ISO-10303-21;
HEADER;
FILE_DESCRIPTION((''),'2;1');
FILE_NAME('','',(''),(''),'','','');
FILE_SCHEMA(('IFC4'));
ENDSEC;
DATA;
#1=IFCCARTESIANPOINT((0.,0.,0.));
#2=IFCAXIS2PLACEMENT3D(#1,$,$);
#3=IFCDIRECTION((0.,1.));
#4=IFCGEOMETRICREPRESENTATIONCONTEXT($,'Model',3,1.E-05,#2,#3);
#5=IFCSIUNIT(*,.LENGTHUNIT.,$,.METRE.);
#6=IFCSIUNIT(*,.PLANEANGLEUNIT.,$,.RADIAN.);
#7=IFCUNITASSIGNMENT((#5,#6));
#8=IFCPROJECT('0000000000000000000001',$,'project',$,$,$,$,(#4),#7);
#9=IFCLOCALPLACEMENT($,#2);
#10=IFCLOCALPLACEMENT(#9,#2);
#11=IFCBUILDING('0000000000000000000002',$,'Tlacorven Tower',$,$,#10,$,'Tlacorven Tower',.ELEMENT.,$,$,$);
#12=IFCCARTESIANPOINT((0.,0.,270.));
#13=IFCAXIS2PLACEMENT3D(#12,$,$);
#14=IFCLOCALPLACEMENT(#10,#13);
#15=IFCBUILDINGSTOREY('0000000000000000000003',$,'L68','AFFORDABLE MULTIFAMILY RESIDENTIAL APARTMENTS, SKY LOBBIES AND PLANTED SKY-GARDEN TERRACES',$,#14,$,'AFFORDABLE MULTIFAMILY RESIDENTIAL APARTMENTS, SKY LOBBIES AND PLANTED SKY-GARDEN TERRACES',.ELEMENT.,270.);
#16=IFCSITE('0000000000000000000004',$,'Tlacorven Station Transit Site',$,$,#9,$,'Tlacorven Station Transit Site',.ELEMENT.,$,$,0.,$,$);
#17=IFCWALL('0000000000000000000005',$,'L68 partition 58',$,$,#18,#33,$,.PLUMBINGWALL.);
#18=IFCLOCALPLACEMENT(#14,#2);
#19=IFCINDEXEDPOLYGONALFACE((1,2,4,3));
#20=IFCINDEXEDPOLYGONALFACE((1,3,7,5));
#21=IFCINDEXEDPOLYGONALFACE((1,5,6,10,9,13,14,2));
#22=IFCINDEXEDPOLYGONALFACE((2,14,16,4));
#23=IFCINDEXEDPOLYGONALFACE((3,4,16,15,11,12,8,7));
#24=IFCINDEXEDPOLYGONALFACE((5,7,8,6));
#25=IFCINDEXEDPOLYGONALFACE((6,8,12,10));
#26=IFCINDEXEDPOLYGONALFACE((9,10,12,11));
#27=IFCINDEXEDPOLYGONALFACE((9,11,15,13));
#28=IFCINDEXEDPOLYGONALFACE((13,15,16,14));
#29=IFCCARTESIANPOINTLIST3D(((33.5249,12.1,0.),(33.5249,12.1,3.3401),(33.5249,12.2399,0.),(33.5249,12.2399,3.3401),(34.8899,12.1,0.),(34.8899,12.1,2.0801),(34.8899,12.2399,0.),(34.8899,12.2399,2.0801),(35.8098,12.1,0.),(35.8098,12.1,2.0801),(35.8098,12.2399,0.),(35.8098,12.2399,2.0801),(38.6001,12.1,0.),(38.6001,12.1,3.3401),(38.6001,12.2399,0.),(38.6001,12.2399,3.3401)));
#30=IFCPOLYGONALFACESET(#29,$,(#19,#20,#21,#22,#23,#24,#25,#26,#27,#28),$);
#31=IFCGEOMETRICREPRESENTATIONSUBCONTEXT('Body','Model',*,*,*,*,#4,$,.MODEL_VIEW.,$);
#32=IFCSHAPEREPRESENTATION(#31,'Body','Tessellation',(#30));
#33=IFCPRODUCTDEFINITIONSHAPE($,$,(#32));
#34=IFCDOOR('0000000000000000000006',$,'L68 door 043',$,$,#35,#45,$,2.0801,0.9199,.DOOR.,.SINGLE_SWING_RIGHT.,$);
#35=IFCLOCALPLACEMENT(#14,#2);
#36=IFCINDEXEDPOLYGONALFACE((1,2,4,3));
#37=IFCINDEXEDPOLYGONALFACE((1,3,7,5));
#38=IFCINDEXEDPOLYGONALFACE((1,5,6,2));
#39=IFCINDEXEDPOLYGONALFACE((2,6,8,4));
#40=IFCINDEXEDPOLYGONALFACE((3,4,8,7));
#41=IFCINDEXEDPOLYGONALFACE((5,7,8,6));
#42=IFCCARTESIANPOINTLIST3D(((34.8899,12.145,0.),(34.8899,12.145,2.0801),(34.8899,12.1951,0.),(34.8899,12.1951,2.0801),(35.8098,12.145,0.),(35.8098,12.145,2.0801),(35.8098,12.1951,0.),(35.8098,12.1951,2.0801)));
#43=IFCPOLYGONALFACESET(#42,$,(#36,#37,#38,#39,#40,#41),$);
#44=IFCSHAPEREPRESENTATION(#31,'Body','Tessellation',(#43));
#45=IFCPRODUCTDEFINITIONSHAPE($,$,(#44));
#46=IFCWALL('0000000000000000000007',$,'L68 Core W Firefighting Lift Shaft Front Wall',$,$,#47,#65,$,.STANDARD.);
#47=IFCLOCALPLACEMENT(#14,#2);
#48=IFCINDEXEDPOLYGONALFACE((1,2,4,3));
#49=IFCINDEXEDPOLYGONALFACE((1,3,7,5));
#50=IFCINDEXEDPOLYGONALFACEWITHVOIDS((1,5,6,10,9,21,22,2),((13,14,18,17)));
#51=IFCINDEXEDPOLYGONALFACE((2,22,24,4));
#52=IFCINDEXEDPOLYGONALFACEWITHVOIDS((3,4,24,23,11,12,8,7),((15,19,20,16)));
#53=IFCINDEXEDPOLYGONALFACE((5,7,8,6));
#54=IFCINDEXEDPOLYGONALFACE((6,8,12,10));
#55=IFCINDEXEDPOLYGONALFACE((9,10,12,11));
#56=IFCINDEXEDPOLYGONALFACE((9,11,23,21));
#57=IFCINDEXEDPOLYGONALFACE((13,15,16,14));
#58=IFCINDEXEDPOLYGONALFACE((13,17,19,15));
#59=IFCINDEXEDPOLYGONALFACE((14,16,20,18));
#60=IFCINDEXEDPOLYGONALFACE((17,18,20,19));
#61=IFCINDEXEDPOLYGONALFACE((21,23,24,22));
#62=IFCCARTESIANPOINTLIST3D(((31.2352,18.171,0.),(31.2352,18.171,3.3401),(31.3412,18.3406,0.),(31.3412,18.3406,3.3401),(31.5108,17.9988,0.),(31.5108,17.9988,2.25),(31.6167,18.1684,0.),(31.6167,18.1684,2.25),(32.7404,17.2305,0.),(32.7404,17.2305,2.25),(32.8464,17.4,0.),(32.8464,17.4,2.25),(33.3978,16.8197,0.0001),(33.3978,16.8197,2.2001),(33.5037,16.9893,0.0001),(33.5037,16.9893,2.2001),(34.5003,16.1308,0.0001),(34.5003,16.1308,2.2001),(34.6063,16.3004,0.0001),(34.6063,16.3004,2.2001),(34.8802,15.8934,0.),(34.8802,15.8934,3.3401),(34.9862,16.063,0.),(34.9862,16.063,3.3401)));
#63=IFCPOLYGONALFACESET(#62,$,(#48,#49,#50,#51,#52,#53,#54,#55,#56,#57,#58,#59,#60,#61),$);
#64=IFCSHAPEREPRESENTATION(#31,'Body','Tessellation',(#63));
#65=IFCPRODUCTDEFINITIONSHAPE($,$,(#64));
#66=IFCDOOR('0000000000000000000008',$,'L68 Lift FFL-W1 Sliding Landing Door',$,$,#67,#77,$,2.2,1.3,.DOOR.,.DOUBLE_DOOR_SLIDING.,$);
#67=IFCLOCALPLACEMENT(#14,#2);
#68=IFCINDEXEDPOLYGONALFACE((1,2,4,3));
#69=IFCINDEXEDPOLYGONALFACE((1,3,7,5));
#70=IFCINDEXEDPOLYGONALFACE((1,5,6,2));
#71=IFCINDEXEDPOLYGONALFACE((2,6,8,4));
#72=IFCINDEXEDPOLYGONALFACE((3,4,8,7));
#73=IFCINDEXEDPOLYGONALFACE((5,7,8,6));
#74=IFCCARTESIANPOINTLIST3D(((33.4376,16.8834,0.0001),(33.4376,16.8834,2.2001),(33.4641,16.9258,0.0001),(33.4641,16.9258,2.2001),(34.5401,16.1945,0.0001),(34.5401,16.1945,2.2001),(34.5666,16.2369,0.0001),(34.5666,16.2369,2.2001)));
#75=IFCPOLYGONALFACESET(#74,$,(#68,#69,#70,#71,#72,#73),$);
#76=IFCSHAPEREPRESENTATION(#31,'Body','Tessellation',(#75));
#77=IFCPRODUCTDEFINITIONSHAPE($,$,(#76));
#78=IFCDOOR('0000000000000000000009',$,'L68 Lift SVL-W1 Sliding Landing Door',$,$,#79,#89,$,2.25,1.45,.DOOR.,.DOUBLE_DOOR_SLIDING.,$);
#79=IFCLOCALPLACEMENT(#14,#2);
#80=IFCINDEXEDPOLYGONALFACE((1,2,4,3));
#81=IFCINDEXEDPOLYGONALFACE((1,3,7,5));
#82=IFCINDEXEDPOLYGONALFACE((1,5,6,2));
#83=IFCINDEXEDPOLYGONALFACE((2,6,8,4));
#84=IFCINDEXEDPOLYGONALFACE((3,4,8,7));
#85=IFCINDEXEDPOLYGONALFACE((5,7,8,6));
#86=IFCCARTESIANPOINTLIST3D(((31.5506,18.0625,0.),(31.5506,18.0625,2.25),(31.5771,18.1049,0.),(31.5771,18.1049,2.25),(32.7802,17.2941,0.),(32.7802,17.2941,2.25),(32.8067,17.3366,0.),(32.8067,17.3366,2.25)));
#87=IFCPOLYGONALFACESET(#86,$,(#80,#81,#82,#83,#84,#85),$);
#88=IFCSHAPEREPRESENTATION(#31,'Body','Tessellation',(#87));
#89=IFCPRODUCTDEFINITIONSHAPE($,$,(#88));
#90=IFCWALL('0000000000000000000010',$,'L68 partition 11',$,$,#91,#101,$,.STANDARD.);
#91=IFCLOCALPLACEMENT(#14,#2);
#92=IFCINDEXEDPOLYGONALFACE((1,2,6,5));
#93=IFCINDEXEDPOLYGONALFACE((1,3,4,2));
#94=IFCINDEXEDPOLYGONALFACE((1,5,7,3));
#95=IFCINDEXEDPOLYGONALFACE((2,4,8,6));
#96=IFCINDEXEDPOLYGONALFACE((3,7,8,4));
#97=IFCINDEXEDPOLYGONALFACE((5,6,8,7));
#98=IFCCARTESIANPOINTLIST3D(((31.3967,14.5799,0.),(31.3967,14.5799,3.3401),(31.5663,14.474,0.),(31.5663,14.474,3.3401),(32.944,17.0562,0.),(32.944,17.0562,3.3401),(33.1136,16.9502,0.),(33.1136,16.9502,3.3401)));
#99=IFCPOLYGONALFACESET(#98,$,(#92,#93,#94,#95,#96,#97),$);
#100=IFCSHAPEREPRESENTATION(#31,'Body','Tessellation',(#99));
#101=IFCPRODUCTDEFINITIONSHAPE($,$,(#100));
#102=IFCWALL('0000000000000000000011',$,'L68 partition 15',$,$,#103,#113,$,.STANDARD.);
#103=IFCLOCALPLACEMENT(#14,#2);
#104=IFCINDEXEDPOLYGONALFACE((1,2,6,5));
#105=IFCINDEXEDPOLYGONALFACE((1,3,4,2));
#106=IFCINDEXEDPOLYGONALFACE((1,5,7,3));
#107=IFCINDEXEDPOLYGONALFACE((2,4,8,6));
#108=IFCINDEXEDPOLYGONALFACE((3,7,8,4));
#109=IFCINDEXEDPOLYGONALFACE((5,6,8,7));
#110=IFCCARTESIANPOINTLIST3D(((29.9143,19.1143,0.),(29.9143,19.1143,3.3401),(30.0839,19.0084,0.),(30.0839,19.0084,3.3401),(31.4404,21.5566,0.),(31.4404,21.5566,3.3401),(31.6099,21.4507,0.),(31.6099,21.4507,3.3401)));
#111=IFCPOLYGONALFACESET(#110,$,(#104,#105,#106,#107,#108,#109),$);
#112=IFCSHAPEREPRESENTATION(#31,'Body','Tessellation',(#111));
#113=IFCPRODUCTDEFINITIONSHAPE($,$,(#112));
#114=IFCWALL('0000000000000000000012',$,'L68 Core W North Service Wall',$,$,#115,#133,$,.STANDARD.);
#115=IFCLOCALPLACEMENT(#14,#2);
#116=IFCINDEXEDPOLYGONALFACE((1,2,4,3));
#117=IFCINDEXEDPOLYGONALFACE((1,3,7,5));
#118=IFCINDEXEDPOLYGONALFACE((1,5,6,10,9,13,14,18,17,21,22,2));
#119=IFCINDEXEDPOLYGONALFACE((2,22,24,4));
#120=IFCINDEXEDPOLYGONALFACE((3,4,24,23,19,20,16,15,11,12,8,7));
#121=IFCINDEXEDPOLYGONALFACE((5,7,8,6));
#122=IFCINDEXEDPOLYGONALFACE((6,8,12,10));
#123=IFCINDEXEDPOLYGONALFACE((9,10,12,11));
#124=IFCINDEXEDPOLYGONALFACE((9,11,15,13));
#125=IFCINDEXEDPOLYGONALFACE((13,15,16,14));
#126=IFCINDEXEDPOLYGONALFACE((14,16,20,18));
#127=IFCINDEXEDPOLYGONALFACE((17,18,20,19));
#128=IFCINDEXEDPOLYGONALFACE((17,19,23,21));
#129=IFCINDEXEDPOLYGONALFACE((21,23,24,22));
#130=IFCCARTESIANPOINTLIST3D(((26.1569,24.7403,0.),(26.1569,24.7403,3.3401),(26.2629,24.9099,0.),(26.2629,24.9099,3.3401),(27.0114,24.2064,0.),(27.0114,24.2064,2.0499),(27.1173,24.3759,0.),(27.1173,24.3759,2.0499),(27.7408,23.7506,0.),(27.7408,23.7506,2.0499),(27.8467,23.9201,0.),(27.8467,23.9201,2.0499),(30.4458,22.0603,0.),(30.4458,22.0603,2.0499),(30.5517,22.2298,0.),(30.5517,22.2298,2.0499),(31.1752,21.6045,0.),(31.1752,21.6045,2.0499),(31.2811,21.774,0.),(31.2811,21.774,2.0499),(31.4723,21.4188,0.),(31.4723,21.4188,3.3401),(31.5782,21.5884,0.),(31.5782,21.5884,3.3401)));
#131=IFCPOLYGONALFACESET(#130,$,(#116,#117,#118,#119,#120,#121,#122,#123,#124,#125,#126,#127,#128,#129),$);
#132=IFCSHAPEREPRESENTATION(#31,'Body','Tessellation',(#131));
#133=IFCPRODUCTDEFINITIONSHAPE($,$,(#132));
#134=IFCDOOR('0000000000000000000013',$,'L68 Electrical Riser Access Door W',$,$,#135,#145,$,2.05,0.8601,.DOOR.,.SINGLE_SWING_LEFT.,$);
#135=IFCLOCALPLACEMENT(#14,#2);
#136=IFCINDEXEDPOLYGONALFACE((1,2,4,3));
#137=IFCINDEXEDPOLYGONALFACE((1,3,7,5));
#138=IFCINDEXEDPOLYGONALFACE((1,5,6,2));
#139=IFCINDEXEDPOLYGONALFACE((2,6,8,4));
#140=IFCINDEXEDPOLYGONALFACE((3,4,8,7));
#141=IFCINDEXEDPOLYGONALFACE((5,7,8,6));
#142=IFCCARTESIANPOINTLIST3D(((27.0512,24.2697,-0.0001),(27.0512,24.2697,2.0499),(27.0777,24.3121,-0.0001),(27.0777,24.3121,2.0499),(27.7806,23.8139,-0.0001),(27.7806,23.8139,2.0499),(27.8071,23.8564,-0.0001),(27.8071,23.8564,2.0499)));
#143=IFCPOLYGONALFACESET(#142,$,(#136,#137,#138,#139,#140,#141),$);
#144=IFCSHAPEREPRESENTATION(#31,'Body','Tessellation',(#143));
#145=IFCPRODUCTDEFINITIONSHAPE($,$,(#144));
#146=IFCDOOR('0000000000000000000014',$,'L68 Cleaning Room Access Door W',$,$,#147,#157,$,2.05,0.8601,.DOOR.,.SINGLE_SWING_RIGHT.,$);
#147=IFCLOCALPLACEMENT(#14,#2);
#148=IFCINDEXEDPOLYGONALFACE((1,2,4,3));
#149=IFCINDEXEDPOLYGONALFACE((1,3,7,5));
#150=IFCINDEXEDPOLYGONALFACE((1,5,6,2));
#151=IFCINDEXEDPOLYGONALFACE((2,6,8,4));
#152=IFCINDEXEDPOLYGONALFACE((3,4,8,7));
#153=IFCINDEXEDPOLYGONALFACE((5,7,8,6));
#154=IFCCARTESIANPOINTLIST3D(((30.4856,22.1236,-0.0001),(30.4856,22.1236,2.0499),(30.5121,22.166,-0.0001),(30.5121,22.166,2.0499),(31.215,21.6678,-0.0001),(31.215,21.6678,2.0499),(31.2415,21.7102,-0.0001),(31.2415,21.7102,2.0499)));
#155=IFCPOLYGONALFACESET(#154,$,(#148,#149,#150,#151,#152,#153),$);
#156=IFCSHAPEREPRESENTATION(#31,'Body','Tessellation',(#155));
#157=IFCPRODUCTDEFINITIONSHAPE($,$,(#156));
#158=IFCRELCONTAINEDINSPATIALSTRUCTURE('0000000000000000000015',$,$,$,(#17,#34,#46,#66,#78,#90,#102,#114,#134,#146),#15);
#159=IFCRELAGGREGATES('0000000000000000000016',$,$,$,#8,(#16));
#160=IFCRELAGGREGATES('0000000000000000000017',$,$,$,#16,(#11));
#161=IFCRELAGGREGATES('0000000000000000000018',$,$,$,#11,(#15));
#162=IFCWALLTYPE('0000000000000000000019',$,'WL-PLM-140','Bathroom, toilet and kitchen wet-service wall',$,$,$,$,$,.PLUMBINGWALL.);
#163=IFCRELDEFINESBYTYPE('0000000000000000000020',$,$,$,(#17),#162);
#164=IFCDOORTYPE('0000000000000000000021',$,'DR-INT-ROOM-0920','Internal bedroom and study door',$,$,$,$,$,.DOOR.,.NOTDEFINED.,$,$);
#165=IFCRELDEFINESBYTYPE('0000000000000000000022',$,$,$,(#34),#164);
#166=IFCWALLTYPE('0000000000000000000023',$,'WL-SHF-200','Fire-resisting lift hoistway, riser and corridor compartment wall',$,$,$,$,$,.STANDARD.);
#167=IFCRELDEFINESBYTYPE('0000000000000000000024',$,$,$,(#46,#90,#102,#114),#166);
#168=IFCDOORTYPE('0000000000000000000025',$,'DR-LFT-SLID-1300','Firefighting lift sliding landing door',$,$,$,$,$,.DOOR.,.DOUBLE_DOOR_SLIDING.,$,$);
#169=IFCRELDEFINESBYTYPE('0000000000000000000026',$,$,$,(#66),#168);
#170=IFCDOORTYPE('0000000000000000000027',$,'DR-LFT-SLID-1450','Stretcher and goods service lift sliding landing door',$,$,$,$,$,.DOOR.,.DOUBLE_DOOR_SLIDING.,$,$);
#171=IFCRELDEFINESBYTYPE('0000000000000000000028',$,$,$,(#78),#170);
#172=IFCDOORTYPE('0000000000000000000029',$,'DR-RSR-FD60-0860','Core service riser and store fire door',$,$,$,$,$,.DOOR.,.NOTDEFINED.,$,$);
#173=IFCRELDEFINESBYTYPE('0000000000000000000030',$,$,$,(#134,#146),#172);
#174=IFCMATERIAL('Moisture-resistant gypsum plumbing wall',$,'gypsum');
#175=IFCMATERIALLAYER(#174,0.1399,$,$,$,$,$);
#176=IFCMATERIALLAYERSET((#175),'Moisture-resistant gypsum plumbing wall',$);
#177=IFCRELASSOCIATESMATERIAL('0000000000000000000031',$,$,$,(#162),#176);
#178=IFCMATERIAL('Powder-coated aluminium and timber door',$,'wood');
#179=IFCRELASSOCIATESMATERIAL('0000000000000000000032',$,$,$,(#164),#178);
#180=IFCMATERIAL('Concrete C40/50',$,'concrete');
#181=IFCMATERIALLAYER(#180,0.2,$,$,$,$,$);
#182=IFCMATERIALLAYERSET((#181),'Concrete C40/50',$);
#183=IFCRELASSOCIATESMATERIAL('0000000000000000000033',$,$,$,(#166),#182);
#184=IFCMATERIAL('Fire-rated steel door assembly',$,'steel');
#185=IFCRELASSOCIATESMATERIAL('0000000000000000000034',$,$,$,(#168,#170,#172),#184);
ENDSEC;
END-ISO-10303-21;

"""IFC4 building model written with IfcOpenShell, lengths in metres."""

from ifc_helpers import new_model, si_unit, direction, frame, frame_2d, origin, place, context, subcontext, project, spatial, rectangle, extrude, source, transform, mapped, material, layer, layer_set, type_object, element, fill, save


model = new_model("IFC4")

# Units and contexts
model_context = context("Model", 3, precision=1e-05, world=origin(), true_north=direction((0.0, 1.0)))
body_context = subcontext(model_context, "Body", "Model", "MODEL_VIEW")
ifc_project = project(units=[si_unit("LENGTHUNIT", "METRE"), si_unit("PLANEANGLEUNIT", "RADIAN")], contexts=[model_context])

# Site, building, storey
site_placement = place(None, origin())
site = spatial("IfcSite", under=ifc_project, at=site_placement, Name="Tlacorven Station Transit Site", LongName="Tlacorven Station Transit Site", CompositionType="ELEMENT", RefElevation=0.0)
building_placement = place(site_placement, origin())
building = spatial("IfcBuilding", under=site, at=building_placement, Name="Tlacorven Tower", LongName="Tlacorven Tower", CompositionType="ELEMENT")
storey_placement = place(building_placement, frame((0.0, 0.0, 270.0)))
storey = spatial("IfcBuildingStorey", under=building, at=storey_placement, Name="L68", Description="AFFORDABLE MULTIFAMILY RESIDENTIAL APARTMENTS, SKY LOBBIES AND PLANTED SKY-GARDEN TERRACES", LongName="AFFORDABLE MULTIFAMILY RESIDENTIAL APARTMENTS, SKY LOBBIES AND PLANTED SKY-GARDEN TERRACES", CompositionType="ELEMENT", Elevation=270.0)

# Shared definitions
ifc_material_1 = material(Name="Moisture-resistant gypsum plumbing wall", Category="gypsum")
ifc_layer_1 = layer(ifc_material_1, 0.1399)
ifc_layer_set_1 = layer_set([ifc_layer_1], Name="Moisture-resistant gypsum plumbing wall")
wall_type_1 = type_object("IfcWallType", Name="WL-PLM-140", Description="Bathroom, toilet and kitchen wet-service wall", PredefinedType="PLUMBINGWALL", material=ifc_layer_set_1)
ifc_material_2 = material(Name="Powder-coated aluminium and timber door", Category="wood")

# Wall, opening, door
wall_1_placement = place(storey_placement, frame((33.5249, 12.1699, 0.0), z_axis=(0.0, 0.0, 1.0), x_axis=(1.0, 0.0, 0.0)))
wall_1 = element("IfcWall", 1, at=wall_1_placement, inside=storey, type_object=wall_type_1, Name="L68 partition 58", PredefinedType="PLUMBINGWALL", context=body_context, shape_type="SweptSolid", body=[
    extrude(rectangle(XDim=5.0752, YDim=0.1399, at=frame_2d((2.5376, 0.0))), origin(), (0.0, 0.0, 1.0), 3.3401),
])
opening_1_placement = place(wall_1_placement, frame((1.365, 0.0, 0.0)))
opening_1 = element("IfcOpeningElement", 2, at=opening_1_placement, cuts=wall_1, PredefinedType="OPENING", context=body_context, shape_type="SweptSolid", body=[
    extrude(rectangle(XDim=0.9199, YDim=2.0801, at=frame_2d((0.46, 1.04))), frame((0.0, 0.0801, 0.0), z_axis=(0.0, -1.0, 0.0), x_axis=(1.0, 0.0, 0.0)), (0.0, 0.0, 1.0), 0.1599),
])
door_type_1 = type_object("IfcDoorType", Name="DR-INT-ROOM-0920", Description="Internal bedroom and study door", OperationType="NOTDEFINED", PredefinedType="DOOR", material=ifc_material_2)
shared_shape_1 = source(origin(), body_context, "Body", "SweptSolid", [
    extrude(rectangle(XDim=0.9199, YDim=2.0801, at=frame_2d((0.46, 1.04))), frame((0.0, 0.0249, 0.0), z_axis=(0.0, -1.0, 0.0), x_axis=(1.0, 0.0, 0.0)), (0.0, 0.0, 1.0), 0.05),
])
door_1_placement = place(opening_1_placement, frame((0.9199, 0.0, 0.0), z_axis=(0.0, 0.0, 1.0), x_axis=(-1.0, 0.0, 0.0)))
door_1 = element("IfcDoor", 3, at=door_1_placement, inside=storey, type_object=door_type_1, Name="L68 door 043", OperationType="SINGLE_SWING_RIGHT", OverallHeight=2.0801, OverallWidth=0.9199, PredefinedType="DOOR", context=body_context, shape_type="MappedRepresentation", body=[
    mapped(shared_shape_1, transform((0.0, 0.0, 0.0), scale=1.0)),
])
fill(opening_1, door_1)

# Wall, openings, doors
ifc_material_3 = material(Name="Concrete C40/50", Category="concrete")
ifc_layer_2 = layer(ifc_material_3, 0.2)
ifc_layer_set_2 = layer_set([ifc_layer_2], Name="Concrete C40/50")
wall_type_2 = type_object("IfcWallType", Name="WL-SHF-200", Description="Fire-resisting lift hoistway, riser and corridor compartment wall", PredefinedType="STANDARD", material=ifc_layer_set_2)
wall_2_placement = place(storey_placement, frame((34.9331, 15.9783, 0.0), z_axis=(0.0, 0.0, 1.0), x_axis=(-0.848056, 0.529907, 0.0)))
wall_2 = element("IfcWall", 4, at=wall_2_placement, inside=storey, type_object=wall_type_2, Name="L68 Core W Firefighting Lift Shaft Front Wall", PredefinedType="STANDARD", context=body_context, shape_type="SweptSolid", body=[
    extrude(rectangle(XDim=4.2981, YDim=0.2, at=frame_2d((2.1489, 0.0))), origin(), (0.0, 0.0, 1.0), 3.3401),
])
opening_2_placement = place(wall_2_placement, frame((0.448, 0.0, 0.0)))
opening_2 = element("IfcOpeningElement", 5, at=opening_2_placement, cuts=wall_2, PredefinedType="OPENING", context=body_context, shape_type="SweptSolid", body=[
    extrude(rectangle(XDim=1.3, YDim=2.2, at=frame_2d((0.6499, 1.1001))), frame((0.0, 0.1099, 0.0), z_axis=(0.0, -1.0, 0.0), x_axis=(1.0, 0.0, 0.0)), (0.0, 0.0, 1.0), 0.22),
])
opening_3_placement = place(wall_2_placement, frame((2.5229, 0.0, 0.0)))
opening_3 = element("IfcOpeningElement", 6, at=opening_3_placement, cuts=wall_2, PredefinedType="OPENING", context=body_context, shape_type="SweptSolid", body=[
    extrude(rectangle(XDim=1.45, YDim=2.25, at=frame_2d((0.7251, 1.125))), frame((0.0, 0.1099, 0.0), z_axis=(0.0, -1.0, 0.0), x_axis=(1.0, 0.0, 0.0)), (0.0, 0.0, 1.0), 0.22),
])
ifc_material_4 = material(Name="Fire-rated steel door assembly", Category="steel")
door_type_2 = type_object("IfcDoorType", Name="DR-LFT-SLID-1300", Description="Firefighting lift sliding landing door", OperationType="DOUBLE_DOOR_SLIDING", PredefinedType="DOOR", material=ifc_material_4)
shared_shape_2 = source(origin(), body_context, "Body", "SweptSolid", [
    extrude(rectangle(XDim=1.3, YDim=2.2, at=frame_2d((0.6499, 1.1001))), frame((0.0, 0.0249, 0.0), z_axis=(0.0, -1.0, 0.0), x_axis=(1.0, 0.0, 0.0)), (0.0, 0.0, 1.0), 0.05),
])
door_2_placement = place(opening_2_placement, origin())
door_2 = element("IfcDoor", 7, at=door_2_placement, inside=storey, type_object=door_type_2, Name="L68 Lift FFL-W1 Sliding Landing Door", OperationType="DOUBLE_DOOR_SLIDING", OverallHeight=2.2, OverallWidth=1.3, PredefinedType="DOOR", context=body_context, shape_type="MappedRepresentation", body=[
    mapped(shared_shape_2, transform((0.0, 0.0, 0.0), scale=1.0)),
])
fill(opening_2, door_2)
door_type_3 = type_object("IfcDoorType", Name="DR-LFT-SLID-1450", Description="Stretcher and goods service lift sliding landing door", OperationType="DOUBLE_DOOR_SLIDING", PredefinedType="DOOR", material=ifc_material_4)
shared_shape_3 = source(origin(), body_context, "Body", "SweptSolid", [
    extrude(rectangle(XDim=1.45, YDim=2.25, at=frame_2d((0.7251, 1.125))), frame((0.0, 0.0249, 0.0), z_axis=(0.0, -1.0, 0.0), x_axis=(1.0, 0.0, 0.0)), (0.0, 0.0, 1.0), 0.05),
])
door_3_placement = place(opening_3_placement, origin())
door_3 = element("IfcDoor", 8, at=door_3_placement, inside=storey, type_object=door_type_3, Name="L68 Lift SVL-W1 Sliding Landing Door", OperationType="DOUBLE_DOOR_SLIDING", OverallHeight=2.25, OverallWidth=1.45, PredefinedType="DOOR", context=body_context, shape_type="MappedRepresentation", body=[
    mapped(shared_shape_3, transform((0.0, 0.0, 0.0), scale=1.0)),
])
fill(opening_3, door_3)

# Walls
wall_3_placement = place(storey_placement, frame((33.0288, 17.0032, 0.0), z_axis=(0.0, 0.0, 1.0), x_axis=(-0.529916, -0.84805, 0.0)))
element("IfcWall", 9, at=wall_3_placement, inside=storey, type_object=wall_type_2, Name="L68 partition 11", PredefinedType="STANDARD", context=body_context, shape_type="SweptSolid", body=[
    extrude(rectangle(XDim=2.9199, YDim=0.2, at=frame_2d((1.46, 0.0))), origin(), (0.0, 0.0, 1.0), 3.3401),
])
wall_4_placement = place(storey_placement, frame((31.5251, 21.5037, 0.0), z_axis=(0.0, 0.0, 1.0), x_axis=(-0.529907, -0.848055, 0.0)))
element("IfcWall", 10, at=wall_4_placement, inside=storey, type_object=wall_type_2, Name="L68 partition 15", PredefinedType="STANDARD", context=body_context, shape_type="SweptSolid", body=[
    extrude(rectangle(XDim=2.8799, YDim=0.2, at=frame_2d((1.4399, 0.0))), origin(), (0.0, 0.0, 1.0), 3.3401),
])

# Wall, openings, doors
wall_5_placement = place(storey_placement, frame((31.5251, 21.5037, 0.0), z_axis=(0.0, 0.0, 1.0), x_axis=(-0.848042, 0.529929, 0.0)))
wall_5 = element("IfcWall", 11, at=wall_5_placement, inside=storey, type_object=wall_type_2, Name="L68 Core W North Service Wall", PredefinedType="STANDARD", context=body_context, shape_type="SweptSolid", body=[
    extrude(rectangle(XDim=6.2678, YDim=0.2, at=frame_2d((3.1338, 0.0))), origin(), (0.0, 0.0, 1.0), 3.3401),
])
opening_4_placement = place(wall_5_placement, frame((4.3999, 0.0, 0.0)))
opening_4 = element("IfcOpeningElement", 12, at=opening_4_placement, cuts=wall_5, PredefinedType="OPENING", context=body_context, shape_type="SweptSolid", body=[
    extrude(rectangle(XDim=0.8601, YDim=2.05, at=frame_2d((0.4302, 1.0249))), frame((0.0, 0.1099, 0.0), z_axis=(0.0, -1.0, 0.0), x_axis=(1.0, 0.0, 0.0)), (0.0, 0.0, 1.0), 0.22),
])
opening_5_placement = place(wall_5_placement, frame((0.3501, 0.0, 0.0)))
opening_5 = element("IfcOpeningElement", 13, at=opening_5_placement, cuts=wall_5, PredefinedType="OPENING", context=body_context, shape_type="SweptSolid", body=[
    extrude(rectangle(XDim=0.8601, YDim=2.05, at=frame_2d((0.4302, 1.0249))), frame((0.0, 0.1099, 0.0), z_axis=(0.0, -1.0, 0.0), x_axis=(1.0, 0.0, 0.0)), (0.0, 0.0, 1.0), 0.22),
])
door_type_4 = type_object("IfcDoorType", Name="DR-RSR-FD60-0860", Description="Core service riser and store fire door", OperationType="NOTDEFINED", PredefinedType="DOOR", material=ifc_material_4)
shared_shape_4 = source(origin(), body_context, "Body", "SweptSolid", [
    extrude(rectangle(XDim=0.8601, YDim=2.05, at=frame_2d((0.4302, 1.0249))), frame((0.0, 0.0249, 0.0), z_axis=(0.0, -1.0, 0.0), x_axis=(1.0, 0.0, 0.0)), (0.0, 0.0, 1.0), 0.05),
])
door_4_placement = place(opening_4_placement, frame((0.8601, 0.0, 0.0), z_axis=(0.0, 0.0, 1.0), x_axis=(-1.0, 0.0, 0.0)))
door_4 = element("IfcDoor", 14, at=door_4_placement, inside=storey, type_object=door_type_4, Name="L68 Electrical Riser Access Door W", OperationType="SINGLE_SWING_LEFT", OverallHeight=2.05, OverallWidth=0.8601, PredefinedType="DOOR", context=body_context, shape_type="MappedRepresentation", body=[
    mapped(shared_shape_4, transform((0.0, 0.0, 0.0), scale=1.0)),
])
fill(opening_4, door_4)
door_5_placement = place(opening_5_placement, frame((0.8601, 0.0, 0.0), z_axis=(0.0, 0.0, 1.0), x_axis=(-1.0, 0.0, 0.0)))
door_5 = element("IfcDoor", 15, at=door_5_placement, inside=storey, type_object=door_type_4, Name="L68 Cleaning Room Access Door W", OperationType="SINGLE_SWING_RIGHT", OverallHeight=2.05, OverallWidth=0.8601, PredefinedType="DOOR", context=body_context, shape_type="MappedRepresentation", body=[
    mapped(shared_shape_4, transform((0.0, 0.0, 0.0), scale=1.0)),
])
fill(opening_5, door_5)

save(model, "model.ifc")
